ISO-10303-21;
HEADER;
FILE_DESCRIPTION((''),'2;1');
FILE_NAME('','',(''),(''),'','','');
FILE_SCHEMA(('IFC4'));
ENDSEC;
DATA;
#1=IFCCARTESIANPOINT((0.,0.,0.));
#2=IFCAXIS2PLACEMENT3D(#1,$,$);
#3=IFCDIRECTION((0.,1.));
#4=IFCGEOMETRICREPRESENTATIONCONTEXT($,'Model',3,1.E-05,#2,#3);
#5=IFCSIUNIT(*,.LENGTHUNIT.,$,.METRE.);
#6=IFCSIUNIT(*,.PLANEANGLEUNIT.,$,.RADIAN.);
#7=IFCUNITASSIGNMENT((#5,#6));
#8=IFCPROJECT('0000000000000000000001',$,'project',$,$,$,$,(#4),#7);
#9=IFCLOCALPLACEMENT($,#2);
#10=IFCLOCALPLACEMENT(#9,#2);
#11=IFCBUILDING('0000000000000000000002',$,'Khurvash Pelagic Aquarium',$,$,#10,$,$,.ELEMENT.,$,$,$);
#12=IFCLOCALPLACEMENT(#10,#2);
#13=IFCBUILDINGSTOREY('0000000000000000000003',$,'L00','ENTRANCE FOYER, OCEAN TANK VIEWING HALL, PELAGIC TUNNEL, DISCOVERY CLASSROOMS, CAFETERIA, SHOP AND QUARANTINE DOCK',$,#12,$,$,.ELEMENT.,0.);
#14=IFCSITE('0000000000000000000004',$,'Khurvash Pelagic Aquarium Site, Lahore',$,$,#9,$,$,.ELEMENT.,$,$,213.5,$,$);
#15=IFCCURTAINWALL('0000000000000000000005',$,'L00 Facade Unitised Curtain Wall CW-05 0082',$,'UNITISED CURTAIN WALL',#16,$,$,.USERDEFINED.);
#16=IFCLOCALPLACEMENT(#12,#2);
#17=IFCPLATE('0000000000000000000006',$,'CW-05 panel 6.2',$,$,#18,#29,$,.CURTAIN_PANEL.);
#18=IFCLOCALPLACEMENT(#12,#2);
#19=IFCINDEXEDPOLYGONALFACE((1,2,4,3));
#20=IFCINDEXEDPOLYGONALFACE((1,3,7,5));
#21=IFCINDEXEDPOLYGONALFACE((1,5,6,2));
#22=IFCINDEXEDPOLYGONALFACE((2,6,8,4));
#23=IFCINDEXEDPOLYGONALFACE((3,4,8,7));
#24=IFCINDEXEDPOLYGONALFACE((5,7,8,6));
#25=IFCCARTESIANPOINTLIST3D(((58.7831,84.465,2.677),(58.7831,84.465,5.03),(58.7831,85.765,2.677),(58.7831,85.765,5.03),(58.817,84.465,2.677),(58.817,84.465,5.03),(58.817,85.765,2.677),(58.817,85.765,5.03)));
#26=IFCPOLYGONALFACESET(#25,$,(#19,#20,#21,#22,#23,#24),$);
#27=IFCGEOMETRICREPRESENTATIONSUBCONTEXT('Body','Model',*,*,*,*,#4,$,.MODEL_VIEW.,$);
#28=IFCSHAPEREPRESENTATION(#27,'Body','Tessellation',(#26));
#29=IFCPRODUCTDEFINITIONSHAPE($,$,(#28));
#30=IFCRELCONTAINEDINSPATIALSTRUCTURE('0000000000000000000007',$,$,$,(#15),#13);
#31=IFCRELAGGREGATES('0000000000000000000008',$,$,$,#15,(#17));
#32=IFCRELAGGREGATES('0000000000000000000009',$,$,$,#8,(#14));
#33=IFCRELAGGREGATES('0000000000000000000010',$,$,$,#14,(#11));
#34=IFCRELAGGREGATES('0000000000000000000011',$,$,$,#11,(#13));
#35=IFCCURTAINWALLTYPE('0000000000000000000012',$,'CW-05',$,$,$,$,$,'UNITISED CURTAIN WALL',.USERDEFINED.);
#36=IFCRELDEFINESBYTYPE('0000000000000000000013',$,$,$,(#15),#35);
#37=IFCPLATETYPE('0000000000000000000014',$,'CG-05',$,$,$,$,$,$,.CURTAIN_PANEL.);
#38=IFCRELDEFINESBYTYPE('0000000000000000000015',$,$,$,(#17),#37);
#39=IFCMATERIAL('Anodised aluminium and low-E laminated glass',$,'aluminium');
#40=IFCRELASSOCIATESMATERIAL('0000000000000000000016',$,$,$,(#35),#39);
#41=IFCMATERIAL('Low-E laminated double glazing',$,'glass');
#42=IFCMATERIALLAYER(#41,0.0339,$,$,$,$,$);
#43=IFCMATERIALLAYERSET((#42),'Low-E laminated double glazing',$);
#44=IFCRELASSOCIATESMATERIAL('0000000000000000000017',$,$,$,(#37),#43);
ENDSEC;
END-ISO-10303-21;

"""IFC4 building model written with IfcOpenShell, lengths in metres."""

from ifc_helpers import new_model, si_unit, direction, frame, origin, origin_2d, place, context, subcontext, project, spatial, rectangle, extrude, material, layer, layer_set, type_object, element, aggregate, save


model = new_model("IFC4")

# Units and contexts
model_context = context("Model", 3, precision=1e-05, world=origin(), true_north=direction((0.0, 1.0)))
body_context = subcontext(model_context, "Body", "Model", "MODEL_VIEW")
ifc_project = project(units=[si_unit("LENGTHUNIT", "METRE"), si_unit("PLANEANGLEUNIT", "RADIAN")], contexts=[model_context])

# Site, building, storey
site_placement = place(None, origin())
site = spatial("IfcSite", under=ifc_project, at=site_placement, Name="Khurvash Pelagic Aquarium Site, Lahore", CompositionType="ELEMENT", RefElevation=213.5)
building_placement = place(site_placement, origin())
building = spatial("IfcBuilding", under=site, at=building_placement, Name="Khurvash Pelagic Aquarium", CompositionType="ELEMENT")
storey_placement = place(building_placement, origin())
storey = spatial("IfcBuildingStorey", under=building, at=storey_placement, Name="L00", Description="ENTRANCE FOYER, OCEAN TANK VIEWING HALL, PELAGIC TUNNEL, DISCOVERY CLASSROOMS, CAFETERIA, SHOP AND QUARANTINE DOCK", CompositionType="ELEMENT", Elevation=0.0)

# Curtain wall
ifc_material_1 = material(Name="Anodised aluminium and low-E laminated glass", Category="aluminium")
curtain_wall_type_1 = type_object("IfcCurtainWallType", Name="CW-05", ElementType="UNITISED CURTAIN WALL", PredefinedType="USERDEFINED", material=ifc_material_1)
curtain_wall_1_placement = place(storey_placement, origin())
curtain_wall_1 = element("IfcCurtainWall", 1, at=curtain_wall_1_placement, inside=storey, type_object=curtain_wall_type_1, Name="L00 Facade Unitised Curtain Wall CW-05 0082", ObjectType="UNITISED CURTAIN WALL", PredefinedType="USERDEFINED")

# Plate
ifc_material_2 = material(Name="Low-E laminated double glazing", Category="glass")
ifc_layer_1 = layer(ifc_material_2, 0.0339)
ifc_layer_set_1 = layer_set([ifc_layer_1], Name="Low-E laminated double glazing")
plate_type_1 = type_object("IfcPlateType", Name="CG-05", PredefinedType="CURTAIN_PANEL", material=ifc_layer_set_1)
plate_1_placement = place(storey_placement, frame((58.8, 85.115, 2.677), z_axis=(0.0, 0.0, 1.0), x_axis=(0.0, -1.0, 0.0)))
plate_1 = element("IfcPlate", 2, at=plate_1_placement, type_object=plate_type_1, Name="CW-05 panel 6.2", PredefinedType="CURTAIN_PANEL", context=body_context, shape_type="SweptSolid", body=[
    extrude(rectangle(XDim=1.3, YDim=0.0339, at=origin_2d()), origin(), (0.0, 0.0, 1.0), 2.353),
])
aggregate(curtain_wall_1, [plate_1])

save(model, "model.ifc")
